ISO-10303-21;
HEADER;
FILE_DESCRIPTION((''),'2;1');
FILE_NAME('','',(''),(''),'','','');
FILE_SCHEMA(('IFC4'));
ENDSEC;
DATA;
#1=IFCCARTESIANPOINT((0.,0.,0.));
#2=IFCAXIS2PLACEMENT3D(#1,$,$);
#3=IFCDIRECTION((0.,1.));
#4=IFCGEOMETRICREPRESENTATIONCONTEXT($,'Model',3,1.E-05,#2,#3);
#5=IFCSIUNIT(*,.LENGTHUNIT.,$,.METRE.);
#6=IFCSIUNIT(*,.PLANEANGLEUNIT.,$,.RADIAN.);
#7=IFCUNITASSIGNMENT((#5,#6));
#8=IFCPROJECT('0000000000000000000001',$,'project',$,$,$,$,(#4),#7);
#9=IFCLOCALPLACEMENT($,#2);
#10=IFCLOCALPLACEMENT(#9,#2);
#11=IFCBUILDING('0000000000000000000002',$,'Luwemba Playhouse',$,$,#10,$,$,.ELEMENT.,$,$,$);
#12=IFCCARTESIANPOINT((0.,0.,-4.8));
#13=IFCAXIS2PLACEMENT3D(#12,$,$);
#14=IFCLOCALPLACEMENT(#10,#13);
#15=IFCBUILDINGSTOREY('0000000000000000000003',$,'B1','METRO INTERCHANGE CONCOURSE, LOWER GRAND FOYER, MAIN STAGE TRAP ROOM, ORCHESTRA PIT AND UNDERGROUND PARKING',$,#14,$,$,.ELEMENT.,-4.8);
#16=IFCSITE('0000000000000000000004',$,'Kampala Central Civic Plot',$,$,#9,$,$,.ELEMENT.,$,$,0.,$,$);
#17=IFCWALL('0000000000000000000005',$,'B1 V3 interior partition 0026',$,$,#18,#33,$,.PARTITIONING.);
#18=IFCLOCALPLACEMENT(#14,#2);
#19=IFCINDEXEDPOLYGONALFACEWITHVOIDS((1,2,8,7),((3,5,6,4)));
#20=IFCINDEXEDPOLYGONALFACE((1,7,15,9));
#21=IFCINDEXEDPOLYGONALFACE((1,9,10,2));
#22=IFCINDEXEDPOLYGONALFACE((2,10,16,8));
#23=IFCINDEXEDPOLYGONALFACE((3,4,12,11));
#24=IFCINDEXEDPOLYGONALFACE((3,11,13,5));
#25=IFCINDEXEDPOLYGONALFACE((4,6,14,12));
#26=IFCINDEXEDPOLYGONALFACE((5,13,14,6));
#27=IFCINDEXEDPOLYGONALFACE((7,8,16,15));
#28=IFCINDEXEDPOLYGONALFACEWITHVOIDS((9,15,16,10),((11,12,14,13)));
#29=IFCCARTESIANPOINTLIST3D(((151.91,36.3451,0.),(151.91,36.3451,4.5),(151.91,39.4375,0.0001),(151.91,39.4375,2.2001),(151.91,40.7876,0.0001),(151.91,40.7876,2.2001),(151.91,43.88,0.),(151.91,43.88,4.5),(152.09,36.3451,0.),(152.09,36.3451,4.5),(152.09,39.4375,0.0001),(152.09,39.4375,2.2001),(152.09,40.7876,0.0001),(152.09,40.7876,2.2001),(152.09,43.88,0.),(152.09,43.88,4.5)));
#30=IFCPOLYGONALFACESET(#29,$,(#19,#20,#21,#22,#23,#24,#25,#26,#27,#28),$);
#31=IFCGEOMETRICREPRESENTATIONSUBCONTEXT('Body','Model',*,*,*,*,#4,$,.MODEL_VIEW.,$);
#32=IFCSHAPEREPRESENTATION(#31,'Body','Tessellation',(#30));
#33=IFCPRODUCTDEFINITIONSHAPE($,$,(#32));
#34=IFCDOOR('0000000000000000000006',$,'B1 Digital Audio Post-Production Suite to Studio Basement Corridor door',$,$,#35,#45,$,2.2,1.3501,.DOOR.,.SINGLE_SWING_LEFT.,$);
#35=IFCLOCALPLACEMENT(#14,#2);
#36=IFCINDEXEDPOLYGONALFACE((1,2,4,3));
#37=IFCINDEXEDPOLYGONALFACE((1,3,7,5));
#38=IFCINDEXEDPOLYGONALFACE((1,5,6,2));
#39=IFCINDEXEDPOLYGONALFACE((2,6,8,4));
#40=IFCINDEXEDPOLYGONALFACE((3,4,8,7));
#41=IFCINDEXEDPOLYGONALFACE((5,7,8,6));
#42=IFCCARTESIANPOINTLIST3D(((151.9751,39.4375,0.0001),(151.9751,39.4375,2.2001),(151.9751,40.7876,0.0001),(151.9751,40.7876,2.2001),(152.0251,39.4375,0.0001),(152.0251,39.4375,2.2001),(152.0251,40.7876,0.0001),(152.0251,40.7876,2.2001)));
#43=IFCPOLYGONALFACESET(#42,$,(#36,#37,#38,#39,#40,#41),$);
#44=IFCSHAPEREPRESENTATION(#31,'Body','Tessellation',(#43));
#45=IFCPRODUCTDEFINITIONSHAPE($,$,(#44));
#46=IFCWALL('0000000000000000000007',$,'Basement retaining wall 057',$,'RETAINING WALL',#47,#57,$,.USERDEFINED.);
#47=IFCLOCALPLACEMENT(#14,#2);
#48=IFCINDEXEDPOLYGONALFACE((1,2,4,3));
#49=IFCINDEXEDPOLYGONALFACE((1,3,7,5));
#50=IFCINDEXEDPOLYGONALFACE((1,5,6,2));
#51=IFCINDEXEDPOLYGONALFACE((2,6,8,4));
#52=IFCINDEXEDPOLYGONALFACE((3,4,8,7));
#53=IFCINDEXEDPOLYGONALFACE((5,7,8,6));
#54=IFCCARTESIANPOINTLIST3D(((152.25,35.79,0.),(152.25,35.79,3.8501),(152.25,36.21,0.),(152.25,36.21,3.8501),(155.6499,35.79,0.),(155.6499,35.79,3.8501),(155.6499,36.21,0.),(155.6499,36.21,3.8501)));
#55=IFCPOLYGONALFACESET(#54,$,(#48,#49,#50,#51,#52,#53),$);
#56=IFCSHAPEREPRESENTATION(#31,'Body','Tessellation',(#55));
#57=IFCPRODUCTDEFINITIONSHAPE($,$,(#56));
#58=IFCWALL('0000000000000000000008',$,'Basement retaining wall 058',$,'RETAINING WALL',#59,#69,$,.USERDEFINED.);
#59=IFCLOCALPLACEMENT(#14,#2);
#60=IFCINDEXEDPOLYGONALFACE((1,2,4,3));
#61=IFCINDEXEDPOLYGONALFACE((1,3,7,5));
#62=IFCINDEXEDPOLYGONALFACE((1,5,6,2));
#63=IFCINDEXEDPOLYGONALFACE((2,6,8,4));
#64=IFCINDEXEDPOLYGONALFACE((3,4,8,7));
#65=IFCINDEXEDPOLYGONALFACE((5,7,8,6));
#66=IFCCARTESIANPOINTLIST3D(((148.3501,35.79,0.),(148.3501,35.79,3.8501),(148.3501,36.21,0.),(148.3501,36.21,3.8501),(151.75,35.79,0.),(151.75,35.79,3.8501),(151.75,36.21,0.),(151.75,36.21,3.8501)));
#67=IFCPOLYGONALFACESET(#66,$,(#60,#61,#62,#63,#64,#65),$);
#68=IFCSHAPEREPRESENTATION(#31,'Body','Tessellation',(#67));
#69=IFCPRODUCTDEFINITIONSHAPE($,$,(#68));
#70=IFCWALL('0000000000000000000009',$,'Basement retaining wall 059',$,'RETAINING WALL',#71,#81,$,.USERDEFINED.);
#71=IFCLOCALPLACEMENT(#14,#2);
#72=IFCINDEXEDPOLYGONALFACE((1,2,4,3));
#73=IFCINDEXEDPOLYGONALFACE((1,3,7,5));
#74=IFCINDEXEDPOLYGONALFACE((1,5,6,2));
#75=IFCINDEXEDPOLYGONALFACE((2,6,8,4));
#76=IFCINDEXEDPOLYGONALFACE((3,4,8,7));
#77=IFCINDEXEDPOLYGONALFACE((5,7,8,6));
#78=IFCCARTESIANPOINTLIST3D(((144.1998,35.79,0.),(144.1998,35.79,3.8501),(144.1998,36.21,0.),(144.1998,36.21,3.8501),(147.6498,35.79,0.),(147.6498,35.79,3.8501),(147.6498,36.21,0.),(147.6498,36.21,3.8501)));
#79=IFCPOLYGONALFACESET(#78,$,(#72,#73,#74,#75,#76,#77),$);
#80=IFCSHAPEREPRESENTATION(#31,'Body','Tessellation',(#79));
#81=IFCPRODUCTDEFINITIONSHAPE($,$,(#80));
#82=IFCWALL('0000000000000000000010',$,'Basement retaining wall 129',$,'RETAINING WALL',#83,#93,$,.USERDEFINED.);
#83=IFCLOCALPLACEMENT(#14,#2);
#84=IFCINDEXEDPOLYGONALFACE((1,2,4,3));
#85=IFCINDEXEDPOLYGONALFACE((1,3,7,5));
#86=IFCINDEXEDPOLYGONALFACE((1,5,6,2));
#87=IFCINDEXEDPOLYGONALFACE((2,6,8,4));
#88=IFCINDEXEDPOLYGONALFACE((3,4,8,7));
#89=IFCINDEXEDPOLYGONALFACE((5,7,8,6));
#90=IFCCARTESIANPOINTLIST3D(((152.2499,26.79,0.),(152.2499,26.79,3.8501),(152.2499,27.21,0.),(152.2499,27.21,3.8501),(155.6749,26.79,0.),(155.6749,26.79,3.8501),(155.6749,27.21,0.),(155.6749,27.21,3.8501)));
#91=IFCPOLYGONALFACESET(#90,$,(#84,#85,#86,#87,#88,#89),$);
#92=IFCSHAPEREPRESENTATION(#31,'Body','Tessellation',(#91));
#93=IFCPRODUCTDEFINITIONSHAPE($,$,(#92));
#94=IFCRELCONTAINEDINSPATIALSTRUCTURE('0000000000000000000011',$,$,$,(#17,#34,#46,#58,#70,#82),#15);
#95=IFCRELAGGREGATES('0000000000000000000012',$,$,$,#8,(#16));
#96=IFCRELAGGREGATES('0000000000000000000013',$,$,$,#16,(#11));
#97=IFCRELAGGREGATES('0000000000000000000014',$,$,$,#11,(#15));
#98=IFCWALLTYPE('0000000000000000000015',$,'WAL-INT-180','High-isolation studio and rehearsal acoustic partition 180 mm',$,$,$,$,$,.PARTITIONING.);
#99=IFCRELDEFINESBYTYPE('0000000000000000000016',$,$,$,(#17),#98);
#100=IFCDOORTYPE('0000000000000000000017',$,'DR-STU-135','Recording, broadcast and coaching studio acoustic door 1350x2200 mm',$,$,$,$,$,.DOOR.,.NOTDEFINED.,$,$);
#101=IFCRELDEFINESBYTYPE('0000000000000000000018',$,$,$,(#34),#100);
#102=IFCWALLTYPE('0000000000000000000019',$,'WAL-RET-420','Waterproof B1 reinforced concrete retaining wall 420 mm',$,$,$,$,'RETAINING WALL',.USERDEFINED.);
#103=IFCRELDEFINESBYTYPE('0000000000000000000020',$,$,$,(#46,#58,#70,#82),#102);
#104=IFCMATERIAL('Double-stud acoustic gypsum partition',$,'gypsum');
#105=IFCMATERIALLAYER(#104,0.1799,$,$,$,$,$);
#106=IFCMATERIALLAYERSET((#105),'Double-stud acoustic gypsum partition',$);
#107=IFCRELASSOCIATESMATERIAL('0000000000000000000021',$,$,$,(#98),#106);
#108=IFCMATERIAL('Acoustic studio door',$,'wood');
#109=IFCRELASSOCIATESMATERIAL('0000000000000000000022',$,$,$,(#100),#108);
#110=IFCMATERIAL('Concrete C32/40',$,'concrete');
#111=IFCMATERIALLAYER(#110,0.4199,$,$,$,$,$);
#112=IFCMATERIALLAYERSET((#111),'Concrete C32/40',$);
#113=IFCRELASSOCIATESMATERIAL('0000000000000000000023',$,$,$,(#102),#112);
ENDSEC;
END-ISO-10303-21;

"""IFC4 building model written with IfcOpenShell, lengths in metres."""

from ifc_helpers import new_model, si_unit, direction, frame, frame_2d, origin, place, context, subcontext, project, spatial, rectangle, extrude, material, layer, layer_set, type_object, element, fill, save


model = new_model("IFC4")

# Units and contexts
model_context = context("Model", 3, precision=1e-05, world=origin(), true_north=direction((0.0, 1.0)))
body_context = subcontext(model_context, "Body", "Model", "MODEL_VIEW")
ifc_project = project(units=[si_unit("LENGTHUNIT", "METRE"), si_unit("PLANEANGLEUNIT", "RADIAN")], contexts=[model_context])

# Site, building, storey
site_placement = place(None, origin())
site = spatial("IfcSite", under=ifc_project, at=site_placement, Name="Kampala Central Civic Plot", CompositionType="ELEMENT", RefElevation=0.0)
building_placement = place(site_placement, origin())
building = spatial("IfcBuilding", under=site, at=building_placement, Name="Luwemba Playhouse", CompositionType="ELEMENT")
storey_placement = place(building_placement, frame((0.0, 0.0, -4.8)))
storey = spatial("IfcBuildingStorey", under=building, at=storey_placement, Name="B1", Description="METRO INTERCHANGE CONCOURSE, LOWER GRAND FOYER, MAIN STAGE TRAP ROOM, ORCHESTRA PIT AND UNDERGROUND PARKING", CompositionType="ELEMENT", Elevation=-4.8)

# Shared definitions
ifc_material_1 = material(Name="Concrete C32/40", Category="concrete")

# Wall, opening, door
ifc_material_2 = material(Name="Double-stud acoustic gypsum partition", Category="gypsum")
ifc_layer_1 = layer(ifc_material_2, 0.1799)
ifc_layer_set_1 = layer_set([ifc_layer_1], Name="Double-stud acoustic gypsum partition")
wall_type_1 = type_object("IfcWallType", Name="WAL-INT-180", Description="High-isolation studio and rehearsal acoustic partition 180 mm", PredefinedType="PARTITIONING", material=ifc_layer_set_1)
wall_1_placement = place(storey_placement, frame((152.0, 36.345, 0.0), z_axis=(0.0, 0.0, 1.0), x_axis=(0.0, 1.0, 0.0)))
wall_1 = element("IfcWall", 1, at=wall_1_placement, inside=storey, type_object=wall_type_1, Name="B1 V3 interior partition 0026", PredefinedType="PARTITIONING", context=body_context, shape_type="SweptSolid", body=[
    extrude(rectangle(XDim=7.5349, YDim=0.1799, at=frame_2d((3.7676, 0.0))), origin(), (0.0, 0.0, 1.0), 4.5),
])
opening_placement = place(wall_1_placement, frame((3.0925, 0.0, 0.0)))
opening = element("IfcOpeningElement", 2, at=opening_placement, cuts=wall_1, PredefinedType="OPENING", context=body_context, shape_type="SweptSolid", body=[
    extrude(rectangle(XDim=1.3501, YDim=2.2, at=frame_2d((0.675, 1.1001))), frame((0.0, 0.0999, 0.0), z_axis=(0.0, -1.0, 0.0), x_axis=(1.0, 0.0, 0.0)), (0.0, 0.0, 1.0), 0.2),
])
ifc_material_3 = material(Name="Acoustic studio door", Category="wood")
door_type = type_object("IfcDoorType", Name="DR-STU-135", Description="Recording, broadcast and coaching studio acoustic door 1350x2200 mm", OperationType="NOTDEFINED", PredefinedType="DOOR", material=ifc_material_3)
door_placement = place(opening_placement, origin())
door = element("IfcDoor", 3, at=door_placement, inside=storey, type_object=door_type, Name="B1 Digital Audio Post-Production Suite to Studio Basement Corridor door", OperationType="SINGLE_SWING_LEFT", OverallHeight=2.2, OverallWidth=1.3501, PredefinedType="DOOR", context=body_context, shape_type="SweptSolid", body=[
    extrude(rectangle(XDim=1.3501, YDim=2.2, at=frame_2d((0.675, 1.1001))), frame((0.0, 0.0249, 0.0), z_axis=(0.0, -1.0, 0.0), x_axis=(1.0, 0.0, 0.0)), (0.0, 0.0, 1.0), 0.05),
])
fill(opening, door)

# Walls
ifc_layer_2 = layer(ifc_material_1, 0.4199)
ifc_layer_set_2 = layer_set([ifc_layer_2], Name="Concrete C32/40")
wall_type_2 = type_object("IfcWallType", Name="WAL-RET-420", Description="Waterproof B1 reinforced concrete retaining wall 420 mm", ElementType="RETAINING WALL", PredefinedType="USERDEFINED", material=ifc_layer_set_2)
for number, where, z_axis, x_axis, name in (
    (4, (155.6499, 36.0, 0.0), (0.0, 0.0, 1.0), (-1.0, 0.0, 0.0), "Basement retaining wall 057"),
    (5, (151.75, 36.0, 0.0), (0.0, 0.0, 1.0), (-1.0, 0.0, 0.0), "Basement retaining wall 058"),
):
    element("IfcWall", number, at=place(storey_placement, frame(where, z_axis=z_axis, x_axis=x_axis)), inside=storey, type_object=wall_type_2, Name=name, ObjectType="RETAINING WALL", PredefinedType="USERDEFINED", context=body_context, shape_type="SweptSolid", body=[
        extrude(rectangle(XDim=3.3999, YDim=0.4199, at=frame_2d((1.7, 0.0))), origin(), (0.0, 0.0, 1.0), 3.8501),
    ])
wall_2_placement = place(storey_placement, frame((147.6499, 36.0, 0.0), z_axis=(0.0, 0.0, 1.0), x_axis=(-1.0, 0.0, 0.0)))
element("IfcWall", 6, at=wall_2_placement, inside=storey, type_object=wall_type_2, Name="Basement retaining wall 059", ObjectType="RETAINING WALL", PredefinedType="USERDEFINED", context=body_context, shape_type="SweptSolid", body=[
    extrude(rectangle(XDim=3.45, YDim=0.4199, at=frame_2d((1.7251, 0.0))), origin(), (0.0, 0.0, 1.0), 3.8501),
])
wall_3_placement = place(storey_placement, frame((152.25, 27.0, 0.0), z_axis=(0.0, 0.0, 1.0), x_axis=(1.0, 0.0, 0.0)))
element("IfcWall", 7, at=wall_3_placement, inside=storey, type_object=wall_type_2, Name="Basement retaining wall 129", ObjectType="RETAINING WALL", PredefinedType="USERDEFINED", context=body_context, shape_type="SweptSolid", body=[
    extrude(rectangle(XDim=3.425, YDim=0.4199, at=frame_2d((1.7124, 0.0))), origin(), (0.0, 0.0, 1.0), 3.8501),
])

save(model, "model.ifc")
